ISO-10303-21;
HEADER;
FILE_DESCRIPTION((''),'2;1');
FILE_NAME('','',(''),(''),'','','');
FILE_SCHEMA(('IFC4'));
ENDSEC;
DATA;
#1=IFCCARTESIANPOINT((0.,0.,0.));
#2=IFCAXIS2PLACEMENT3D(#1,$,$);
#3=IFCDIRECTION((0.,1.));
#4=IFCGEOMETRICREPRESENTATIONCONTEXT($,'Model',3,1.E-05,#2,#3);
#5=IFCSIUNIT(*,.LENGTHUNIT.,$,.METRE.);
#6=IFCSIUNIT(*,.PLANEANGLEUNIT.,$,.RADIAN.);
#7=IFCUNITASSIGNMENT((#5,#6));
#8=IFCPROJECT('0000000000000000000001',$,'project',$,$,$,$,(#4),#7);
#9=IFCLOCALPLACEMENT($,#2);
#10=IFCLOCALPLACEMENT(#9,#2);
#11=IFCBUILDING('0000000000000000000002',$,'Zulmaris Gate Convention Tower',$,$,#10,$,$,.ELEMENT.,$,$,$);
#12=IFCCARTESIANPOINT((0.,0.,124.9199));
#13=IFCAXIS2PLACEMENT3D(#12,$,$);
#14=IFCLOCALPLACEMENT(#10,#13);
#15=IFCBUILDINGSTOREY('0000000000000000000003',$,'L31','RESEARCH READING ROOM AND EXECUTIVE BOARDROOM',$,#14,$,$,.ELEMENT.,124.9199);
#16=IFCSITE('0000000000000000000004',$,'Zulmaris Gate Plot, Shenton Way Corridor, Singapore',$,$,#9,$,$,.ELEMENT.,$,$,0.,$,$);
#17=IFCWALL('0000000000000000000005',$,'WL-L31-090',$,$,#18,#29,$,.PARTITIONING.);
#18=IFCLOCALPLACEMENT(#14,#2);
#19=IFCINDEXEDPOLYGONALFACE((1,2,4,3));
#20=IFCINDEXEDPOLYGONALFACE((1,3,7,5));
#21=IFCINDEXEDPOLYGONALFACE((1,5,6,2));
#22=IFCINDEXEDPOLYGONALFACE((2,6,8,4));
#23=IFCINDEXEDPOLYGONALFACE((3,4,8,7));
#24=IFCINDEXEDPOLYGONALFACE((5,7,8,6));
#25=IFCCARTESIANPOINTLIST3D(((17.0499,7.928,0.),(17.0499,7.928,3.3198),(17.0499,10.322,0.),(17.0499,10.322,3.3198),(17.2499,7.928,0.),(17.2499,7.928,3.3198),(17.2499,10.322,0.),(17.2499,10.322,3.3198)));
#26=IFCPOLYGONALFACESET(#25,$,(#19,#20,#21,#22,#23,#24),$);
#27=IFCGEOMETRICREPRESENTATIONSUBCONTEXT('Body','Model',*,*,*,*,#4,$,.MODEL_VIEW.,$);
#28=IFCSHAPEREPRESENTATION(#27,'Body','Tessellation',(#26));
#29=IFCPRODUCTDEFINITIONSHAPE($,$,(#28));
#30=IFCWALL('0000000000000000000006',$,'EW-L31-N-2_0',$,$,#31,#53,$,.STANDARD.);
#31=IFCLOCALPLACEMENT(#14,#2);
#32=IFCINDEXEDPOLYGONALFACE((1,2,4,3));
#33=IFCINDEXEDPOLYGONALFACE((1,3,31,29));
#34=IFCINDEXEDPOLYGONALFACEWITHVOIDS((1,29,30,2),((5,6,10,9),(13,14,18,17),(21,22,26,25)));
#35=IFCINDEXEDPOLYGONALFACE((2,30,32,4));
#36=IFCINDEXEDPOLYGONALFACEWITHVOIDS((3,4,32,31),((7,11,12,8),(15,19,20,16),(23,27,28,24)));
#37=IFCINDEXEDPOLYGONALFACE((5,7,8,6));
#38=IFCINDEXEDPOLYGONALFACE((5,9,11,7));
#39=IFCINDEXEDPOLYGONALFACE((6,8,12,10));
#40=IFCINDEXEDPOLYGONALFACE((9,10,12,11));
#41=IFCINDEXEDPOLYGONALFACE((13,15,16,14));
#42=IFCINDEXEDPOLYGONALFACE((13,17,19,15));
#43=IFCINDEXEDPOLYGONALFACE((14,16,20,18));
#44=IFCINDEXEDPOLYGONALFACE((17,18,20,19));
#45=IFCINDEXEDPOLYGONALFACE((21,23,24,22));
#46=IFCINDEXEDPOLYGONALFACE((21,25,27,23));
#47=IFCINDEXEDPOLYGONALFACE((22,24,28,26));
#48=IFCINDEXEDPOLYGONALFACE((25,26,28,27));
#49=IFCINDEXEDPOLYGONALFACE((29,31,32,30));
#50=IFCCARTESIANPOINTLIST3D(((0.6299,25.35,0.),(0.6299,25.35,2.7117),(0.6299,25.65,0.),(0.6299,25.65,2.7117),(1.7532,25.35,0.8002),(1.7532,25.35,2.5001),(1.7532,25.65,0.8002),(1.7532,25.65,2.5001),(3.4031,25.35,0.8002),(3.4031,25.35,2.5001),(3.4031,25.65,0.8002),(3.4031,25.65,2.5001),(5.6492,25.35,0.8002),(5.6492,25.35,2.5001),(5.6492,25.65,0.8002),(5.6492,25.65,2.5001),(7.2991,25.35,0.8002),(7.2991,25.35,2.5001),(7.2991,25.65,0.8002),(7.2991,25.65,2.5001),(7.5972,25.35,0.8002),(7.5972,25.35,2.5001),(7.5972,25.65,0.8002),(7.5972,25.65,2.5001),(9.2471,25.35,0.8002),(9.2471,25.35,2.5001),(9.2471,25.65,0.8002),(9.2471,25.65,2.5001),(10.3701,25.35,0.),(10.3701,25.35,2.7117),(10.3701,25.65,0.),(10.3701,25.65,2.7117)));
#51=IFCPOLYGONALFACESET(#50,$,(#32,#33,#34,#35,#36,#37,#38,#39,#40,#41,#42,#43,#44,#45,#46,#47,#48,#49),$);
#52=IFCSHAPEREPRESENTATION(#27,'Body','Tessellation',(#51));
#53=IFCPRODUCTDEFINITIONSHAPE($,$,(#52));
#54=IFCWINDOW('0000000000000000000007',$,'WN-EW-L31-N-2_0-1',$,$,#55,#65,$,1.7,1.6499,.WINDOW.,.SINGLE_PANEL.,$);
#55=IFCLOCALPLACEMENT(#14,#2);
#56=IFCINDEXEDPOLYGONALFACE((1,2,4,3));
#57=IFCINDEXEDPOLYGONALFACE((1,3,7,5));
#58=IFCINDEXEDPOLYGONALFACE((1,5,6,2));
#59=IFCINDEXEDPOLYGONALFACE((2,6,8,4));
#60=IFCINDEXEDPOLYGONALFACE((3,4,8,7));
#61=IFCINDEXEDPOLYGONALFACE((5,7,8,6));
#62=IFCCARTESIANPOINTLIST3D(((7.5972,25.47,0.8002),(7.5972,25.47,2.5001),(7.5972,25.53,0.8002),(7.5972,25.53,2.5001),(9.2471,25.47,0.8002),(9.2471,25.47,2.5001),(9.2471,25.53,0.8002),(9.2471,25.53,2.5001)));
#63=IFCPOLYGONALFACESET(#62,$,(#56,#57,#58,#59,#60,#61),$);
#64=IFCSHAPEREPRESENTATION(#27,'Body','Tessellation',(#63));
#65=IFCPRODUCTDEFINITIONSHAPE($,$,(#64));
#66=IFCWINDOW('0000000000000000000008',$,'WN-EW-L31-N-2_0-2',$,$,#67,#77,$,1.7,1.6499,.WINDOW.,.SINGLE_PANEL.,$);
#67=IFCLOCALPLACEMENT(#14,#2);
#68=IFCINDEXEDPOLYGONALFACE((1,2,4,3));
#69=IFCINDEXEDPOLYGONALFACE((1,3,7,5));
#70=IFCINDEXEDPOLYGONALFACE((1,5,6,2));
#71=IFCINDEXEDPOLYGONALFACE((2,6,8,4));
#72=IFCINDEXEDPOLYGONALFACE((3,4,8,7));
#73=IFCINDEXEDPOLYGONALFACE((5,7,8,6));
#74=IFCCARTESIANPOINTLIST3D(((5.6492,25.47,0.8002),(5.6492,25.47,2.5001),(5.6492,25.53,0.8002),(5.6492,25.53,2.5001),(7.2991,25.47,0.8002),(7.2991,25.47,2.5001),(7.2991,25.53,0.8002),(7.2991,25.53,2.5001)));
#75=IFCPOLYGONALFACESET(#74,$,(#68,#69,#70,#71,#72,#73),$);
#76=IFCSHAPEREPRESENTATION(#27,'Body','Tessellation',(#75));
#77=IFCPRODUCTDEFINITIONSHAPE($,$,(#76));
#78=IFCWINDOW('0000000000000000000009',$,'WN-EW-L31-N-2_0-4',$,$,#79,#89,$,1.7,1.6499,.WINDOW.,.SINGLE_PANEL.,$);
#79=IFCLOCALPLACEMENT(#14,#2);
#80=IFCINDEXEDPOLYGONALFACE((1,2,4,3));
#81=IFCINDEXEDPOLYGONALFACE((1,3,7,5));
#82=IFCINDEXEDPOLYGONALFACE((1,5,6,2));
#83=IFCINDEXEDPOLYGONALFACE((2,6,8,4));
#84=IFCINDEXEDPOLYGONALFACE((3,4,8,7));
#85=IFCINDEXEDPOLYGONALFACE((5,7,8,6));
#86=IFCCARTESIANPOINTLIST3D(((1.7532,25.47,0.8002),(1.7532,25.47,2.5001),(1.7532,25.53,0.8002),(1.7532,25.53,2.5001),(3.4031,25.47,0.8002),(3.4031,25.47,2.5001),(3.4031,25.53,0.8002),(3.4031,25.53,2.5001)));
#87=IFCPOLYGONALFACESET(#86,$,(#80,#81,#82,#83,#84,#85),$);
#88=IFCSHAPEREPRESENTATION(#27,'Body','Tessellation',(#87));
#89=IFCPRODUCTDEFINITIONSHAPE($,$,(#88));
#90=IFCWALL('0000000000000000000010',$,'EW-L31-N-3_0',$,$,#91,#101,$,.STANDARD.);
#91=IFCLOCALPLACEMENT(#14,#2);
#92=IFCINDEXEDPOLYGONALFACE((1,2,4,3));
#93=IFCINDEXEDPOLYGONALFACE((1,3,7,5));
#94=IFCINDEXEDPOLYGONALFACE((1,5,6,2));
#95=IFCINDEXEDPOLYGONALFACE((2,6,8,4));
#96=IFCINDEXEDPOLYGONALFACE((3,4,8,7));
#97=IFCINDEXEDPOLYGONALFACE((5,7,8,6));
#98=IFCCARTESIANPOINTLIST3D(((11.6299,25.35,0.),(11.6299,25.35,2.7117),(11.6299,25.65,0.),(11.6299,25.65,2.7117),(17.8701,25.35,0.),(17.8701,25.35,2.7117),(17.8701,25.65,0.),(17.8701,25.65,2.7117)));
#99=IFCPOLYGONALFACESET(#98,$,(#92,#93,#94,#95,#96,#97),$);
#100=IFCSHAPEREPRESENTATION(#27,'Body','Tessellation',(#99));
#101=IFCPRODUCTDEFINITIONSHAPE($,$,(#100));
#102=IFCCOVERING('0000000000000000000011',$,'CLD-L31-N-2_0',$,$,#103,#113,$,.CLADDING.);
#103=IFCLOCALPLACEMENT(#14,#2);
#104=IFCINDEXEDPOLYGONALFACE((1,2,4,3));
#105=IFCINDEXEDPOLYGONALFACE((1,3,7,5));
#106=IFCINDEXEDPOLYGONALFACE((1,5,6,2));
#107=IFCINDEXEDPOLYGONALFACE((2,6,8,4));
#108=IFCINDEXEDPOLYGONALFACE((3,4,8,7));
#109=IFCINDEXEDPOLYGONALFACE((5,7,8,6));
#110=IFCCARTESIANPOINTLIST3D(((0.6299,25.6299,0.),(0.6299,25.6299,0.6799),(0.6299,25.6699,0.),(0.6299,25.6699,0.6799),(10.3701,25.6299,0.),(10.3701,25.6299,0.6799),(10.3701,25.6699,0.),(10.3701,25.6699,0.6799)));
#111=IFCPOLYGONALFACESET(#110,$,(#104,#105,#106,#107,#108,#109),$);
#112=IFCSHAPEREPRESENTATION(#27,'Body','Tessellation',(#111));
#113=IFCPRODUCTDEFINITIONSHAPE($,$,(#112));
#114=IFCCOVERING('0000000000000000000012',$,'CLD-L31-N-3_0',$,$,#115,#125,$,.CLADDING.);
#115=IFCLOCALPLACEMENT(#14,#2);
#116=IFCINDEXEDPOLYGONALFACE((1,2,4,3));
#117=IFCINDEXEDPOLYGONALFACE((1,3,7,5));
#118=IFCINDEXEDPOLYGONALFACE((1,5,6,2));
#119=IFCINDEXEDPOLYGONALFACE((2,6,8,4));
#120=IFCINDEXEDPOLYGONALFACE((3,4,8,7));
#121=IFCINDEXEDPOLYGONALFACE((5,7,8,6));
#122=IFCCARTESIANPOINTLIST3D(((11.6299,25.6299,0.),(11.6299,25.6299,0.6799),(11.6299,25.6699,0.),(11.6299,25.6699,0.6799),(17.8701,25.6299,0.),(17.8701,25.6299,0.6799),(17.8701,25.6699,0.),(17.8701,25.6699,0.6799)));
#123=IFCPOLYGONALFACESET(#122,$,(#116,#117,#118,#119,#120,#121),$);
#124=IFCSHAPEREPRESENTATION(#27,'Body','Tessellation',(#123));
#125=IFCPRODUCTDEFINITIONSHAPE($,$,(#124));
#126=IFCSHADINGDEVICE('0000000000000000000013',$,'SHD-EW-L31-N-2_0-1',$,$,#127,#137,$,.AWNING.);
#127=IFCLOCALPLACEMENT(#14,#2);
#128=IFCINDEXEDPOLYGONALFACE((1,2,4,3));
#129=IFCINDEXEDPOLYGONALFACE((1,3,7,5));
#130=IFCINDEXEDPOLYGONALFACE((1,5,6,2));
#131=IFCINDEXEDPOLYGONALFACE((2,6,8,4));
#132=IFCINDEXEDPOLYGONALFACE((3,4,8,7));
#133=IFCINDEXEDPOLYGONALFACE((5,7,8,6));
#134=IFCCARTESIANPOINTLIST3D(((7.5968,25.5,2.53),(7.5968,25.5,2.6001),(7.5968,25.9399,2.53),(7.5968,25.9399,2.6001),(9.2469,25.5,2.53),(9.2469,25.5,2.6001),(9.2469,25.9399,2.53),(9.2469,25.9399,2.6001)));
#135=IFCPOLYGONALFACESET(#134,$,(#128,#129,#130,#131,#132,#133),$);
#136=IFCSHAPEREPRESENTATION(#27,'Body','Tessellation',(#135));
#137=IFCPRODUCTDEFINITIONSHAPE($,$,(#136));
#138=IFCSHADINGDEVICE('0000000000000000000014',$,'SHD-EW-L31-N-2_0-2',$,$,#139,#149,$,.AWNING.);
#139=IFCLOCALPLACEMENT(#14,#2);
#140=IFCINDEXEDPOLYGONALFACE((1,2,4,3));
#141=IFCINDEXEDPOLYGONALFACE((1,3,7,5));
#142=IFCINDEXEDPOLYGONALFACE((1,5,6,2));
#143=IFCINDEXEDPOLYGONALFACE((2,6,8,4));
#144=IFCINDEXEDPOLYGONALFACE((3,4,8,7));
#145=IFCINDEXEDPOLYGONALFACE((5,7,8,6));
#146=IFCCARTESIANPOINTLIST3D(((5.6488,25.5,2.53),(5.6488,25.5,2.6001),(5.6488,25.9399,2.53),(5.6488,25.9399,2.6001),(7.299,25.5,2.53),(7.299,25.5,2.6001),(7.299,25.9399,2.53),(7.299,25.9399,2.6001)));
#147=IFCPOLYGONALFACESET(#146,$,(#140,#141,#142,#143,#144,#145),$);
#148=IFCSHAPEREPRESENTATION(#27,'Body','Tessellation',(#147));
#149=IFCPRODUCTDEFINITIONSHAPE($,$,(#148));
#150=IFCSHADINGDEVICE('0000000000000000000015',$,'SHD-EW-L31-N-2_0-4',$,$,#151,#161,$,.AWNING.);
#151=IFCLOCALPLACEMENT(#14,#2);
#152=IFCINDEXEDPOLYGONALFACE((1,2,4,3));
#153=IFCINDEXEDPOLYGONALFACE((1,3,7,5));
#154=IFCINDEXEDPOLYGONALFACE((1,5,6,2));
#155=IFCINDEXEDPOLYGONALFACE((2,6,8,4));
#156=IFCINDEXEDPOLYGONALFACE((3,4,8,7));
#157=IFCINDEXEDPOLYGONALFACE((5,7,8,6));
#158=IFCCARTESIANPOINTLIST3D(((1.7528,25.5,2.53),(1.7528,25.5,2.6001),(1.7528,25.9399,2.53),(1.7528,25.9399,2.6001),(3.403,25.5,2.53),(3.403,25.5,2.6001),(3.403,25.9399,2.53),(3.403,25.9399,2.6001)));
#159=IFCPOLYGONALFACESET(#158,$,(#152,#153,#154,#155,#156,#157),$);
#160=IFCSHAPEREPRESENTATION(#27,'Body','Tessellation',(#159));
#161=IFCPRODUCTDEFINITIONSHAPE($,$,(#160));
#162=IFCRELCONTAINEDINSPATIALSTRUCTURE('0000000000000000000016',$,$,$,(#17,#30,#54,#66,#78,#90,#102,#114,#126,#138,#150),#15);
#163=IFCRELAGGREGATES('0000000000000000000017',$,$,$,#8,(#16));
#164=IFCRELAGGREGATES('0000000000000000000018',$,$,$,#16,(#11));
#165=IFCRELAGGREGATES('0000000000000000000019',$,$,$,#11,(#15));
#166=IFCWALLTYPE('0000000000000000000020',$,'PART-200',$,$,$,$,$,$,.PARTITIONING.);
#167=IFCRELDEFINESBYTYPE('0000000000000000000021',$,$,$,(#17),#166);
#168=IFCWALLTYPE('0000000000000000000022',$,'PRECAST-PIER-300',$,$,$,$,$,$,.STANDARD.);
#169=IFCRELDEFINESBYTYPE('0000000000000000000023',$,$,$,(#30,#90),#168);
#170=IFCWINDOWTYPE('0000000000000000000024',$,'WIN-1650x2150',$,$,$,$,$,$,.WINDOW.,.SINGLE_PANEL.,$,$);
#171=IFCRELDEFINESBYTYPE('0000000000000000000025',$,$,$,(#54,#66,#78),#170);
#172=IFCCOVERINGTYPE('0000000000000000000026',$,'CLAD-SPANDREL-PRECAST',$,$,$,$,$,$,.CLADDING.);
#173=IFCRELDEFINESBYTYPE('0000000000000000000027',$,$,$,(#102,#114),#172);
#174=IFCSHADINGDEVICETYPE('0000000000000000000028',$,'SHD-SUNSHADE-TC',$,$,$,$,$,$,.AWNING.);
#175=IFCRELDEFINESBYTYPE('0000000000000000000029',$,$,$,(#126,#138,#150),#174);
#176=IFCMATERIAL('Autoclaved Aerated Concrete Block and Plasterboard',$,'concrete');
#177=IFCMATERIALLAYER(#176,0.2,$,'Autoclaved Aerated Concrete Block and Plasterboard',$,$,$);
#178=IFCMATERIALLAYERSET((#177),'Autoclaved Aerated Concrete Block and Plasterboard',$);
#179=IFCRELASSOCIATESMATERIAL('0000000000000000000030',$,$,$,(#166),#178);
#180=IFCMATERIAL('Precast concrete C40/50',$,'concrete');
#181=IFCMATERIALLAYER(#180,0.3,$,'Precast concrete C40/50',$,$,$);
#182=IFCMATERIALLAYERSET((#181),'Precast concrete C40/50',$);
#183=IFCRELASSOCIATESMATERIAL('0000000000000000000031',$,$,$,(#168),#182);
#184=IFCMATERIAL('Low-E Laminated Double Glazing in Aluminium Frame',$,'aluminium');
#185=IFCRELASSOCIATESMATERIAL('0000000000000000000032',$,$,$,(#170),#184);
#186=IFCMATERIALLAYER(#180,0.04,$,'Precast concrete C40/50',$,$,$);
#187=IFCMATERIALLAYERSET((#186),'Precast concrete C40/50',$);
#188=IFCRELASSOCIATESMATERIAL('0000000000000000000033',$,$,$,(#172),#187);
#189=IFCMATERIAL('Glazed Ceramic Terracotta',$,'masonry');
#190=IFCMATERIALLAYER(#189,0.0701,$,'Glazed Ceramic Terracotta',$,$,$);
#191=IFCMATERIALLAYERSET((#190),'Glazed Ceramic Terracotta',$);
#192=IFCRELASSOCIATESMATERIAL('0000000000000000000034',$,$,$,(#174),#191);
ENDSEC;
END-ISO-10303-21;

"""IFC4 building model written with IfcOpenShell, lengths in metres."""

from ifc_helpers import new_model, si_unit, direction, frame, frame_2d, origin, place, context, subcontext, project, spatial, rectangle, extrude, material, layer, layer_set, type_object, element, fill, save


model = new_model("IFC4")

# Units and contexts
model_context = context("Model", 3, precision=1e-05, world=origin(), true_north=direction((0.0, 1.0)))
body_context = subcontext(model_context, "Body", "Model", "MODEL_VIEW")
ifc_project = project(units=[si_unit("LENGTHUNIT", "METRE"), si_unit("PLANEANGLEUNIT", "RADIAN")], contexts=[model_context])

# Site, building, storey
site_placement = place(None, origin())
site = spatial("IfcSite", under=ifc_project, at=site_placement, Name="Zulmaris Gate Plot, Shenton Way Corridor, Singapore", CompositionType="ELEMENT", RefElevation=0.0)
building_placement = place(site_placement, origin())
building = spatial("IfcBuilding", under=site, at=building_placement, Name="Zulmaris Gate Convention Tower", CompositionType="ELEMENT")
storey_placement = place(building_placement, frame((0.0, 0.0, 124.9199)))
storey = spatial("IfcBuildingStorey", under=building, at=storey_placement, Name="L31", Description="RESEARCH READING ROOM AND EXECUTIVE BOARDROOM", CompositionType="ELEMENT", Elevation=124.9199)

# Wall
ifc_material_1 = material(Name="Autoclaved Aerated Concrete Block and Plasterboard", Category="concrete")
ifc_layer_1 = layer(ifc_material_1, 0.2, Name="Autoclaved Aerated Concrete Block and Plasterboard")
ifc_layer_set_1 = layer_set([ifc_layer_1], Name="Autoclaved Aerated Concrete Block and Plasterboard")
wall_type_1 = type_object("IfcWallType", Name="PART-200", PredefinedType="PARTITIONING", material=ifc_layer_set_1)
wall_1_placement = place(storey_placement, frame((17.1499, 7.928, 0.0), z_axis=(0.0, 0.0, 1.0), x_axis=(0.0, 1.0, 0.0)))
element("IfcWall", 1, at=wall_1_placement, inside=storey, type_object=wall_type_1, Name="WL-L31-090", PredefinedType="PARTITIONING", context=body_context, shape_type="SweptSolid", body=[
    extrude(rectangle(XDim=2.394, YDim=0.2, at=frame_2d((1.197, 0.0))), origin(), (0.0, 0.0, 1.0), 3.3198),
])

# Wall, openings, windows
ifc_material_2 = material(Name="Precast concrete C40/50", Category="concrete")
ifc_layer_2 = layer(ifc_material_2, 0.3, Name="Precast concrete C40/50")
ifc_layer_set_2 = layer_set([ifc_layer_2], Name="Precast concrete C40/50")
wall_type_2 = type_object("IfcWallType", Name="PRECAST-PIER-300", PredefinedType="STANDARD", material=ifc_layer_set_2)
wall_2_placement = place(storey_placement, frame((10.3701, 25.5, 0.0), z_axis=(0.0, 0.0, 1.0), x_axis=(-1.0, 0.0, 0.0)))
wall_2 = element("IfcWall", 2, at=wall_2_placement, inside=storey, type_object=wall_type_2, Name="EW-L31-N-2_0", PredefinedType="STANDARD", context=body_context, shape_type="SweptSolid", body=[
    extrude(rectangle(XDim=9.7402, YDim=0.3, at=frame_2d((4.8701, 0.0))), origin(), (0.0, 0.0, 1.0), 2.7117),
])
opening_1_placement = place(wall_2_placement, frame((1.123, 0.0, 0.8)))
opening_1 = element("IfcOpeningElement", 3, at=opening_1_placement, cuts=wall_2, PredefinedType="OPENING", context=body_context, shape_type="SweptSolid", body=[
    extrude(rectangle(XDim=1.6499, YDim=1.7, at=frame_2d((0.825, 0.8501))), frame((0.0, 0.1602, 0.0), z_axis=(0.0, -1.0, 0.0), x_axis=(1.0, 0.0, 0.0)), (0.0, 0.0, 1.0), 0.3201),
])
opening_2_placement = place(wall_2_placement, frame((3.071, 0.0, 0.8)))
opening_2 = element("IfcOpeningElement", 4, at=opening_2_placement, cuts=wall_2, PredefinedType="OPENING", context=body_context, shape_type="SweptSolid", body=[
    extrude(rectangle(XDim=1.6499, YDim=1.7, at=frame_2d((0.825, 0.8501))), frame((0.0, 0.1602, 0.0), z_axis=(0.0, -1.0, 0.0), x_axis=(1.0, 0.0, 0.0)), (0.0, 0.0, 1.0), 0.3201),
])
opening_3_placement = place(wall_2_placement, frame((6.967, 0.0, 0.8)))
opening_3 = element("IfcOpeningElement", 5, at=opening_3_placement, cuts=wall_2, PredefinedType="OPENING", context=body_context, shape_type="SweptSolid", body=[
    extrude(rectangle(XDim=1.6499, YDim=1.7, at=frame_2d((0.825, 0.8501))), frame((0.0, 0.1602, 0.0), z_axis=(0.0, -1.0, 0.0), x_axis=(1.0, 0.0, 0.0)), (0.0, 0.0, 1.0), 0.3201),
])
ifc_material_3 = material(Name="Low-E Laminated Double Glazing in Aluminium Frame", Category="aluminium")
window_type = type_object("IfcWindowType", Name="WIN-1650x2150", PartitioningType="SINGLE_PANEL", PredefinedType="WINDOW", material=ifc_material_3)
window_1_placement = place(opening_1_placement, origin())
window_1 = element("IfcWindow", 6, at=window_1_placement, inside=storey, type_object=window_type, Name="WN-EW-L31-N-2_0-1", OverallHeight=1.7, OverallWidth=1.6499, PartitioningType="SINGLE_PANEL", PredefinedType="WINDOW", context=body_context, shape_type="SweptSolid", body=[
    extrude(rectangle(XDim=1.6499, YDim=1.7, at=frame_2d((0.825, 0.8501))), frame((0.0, 0.03, 0.0), z_axis=(0.0, -1.0, 0.0), x_axis=(1.0, 0.0, 0.0)), (0.0, 0.0, 1.0), 0.0601),
])
fill(opening_1, window_1)
window_2_placement = place(opening_2_placement, origin())
window_2 = element("IfcWindow", 7, at=window_2_placement, inside=storey, type_object=window_type, Name="WN-EW-L31-N-2_0-2", OverallHeight=1.7, OverallWidth=1.6499, PartitioningType="SINGLE_PANEL", PredefinedType="WINDOW", context=body_context, shape_type="SweptSolid", body=[
    extrude(rectangle(XDim=1.6499, YDim=1.7, at=frame_2d((0.825, 0.8501))), frame((0.0, 0.03, 0.0), z_axis=(0.0, -1.0, 0.0), x_axis=(1.0, 0.0, 0.0)), (0.0, 0.0, 1.0), 0.0601),
])
fill(opening_2, window_2)
window_3_placement = place(opening_3_placement, origin())
window_3 = element("IfcWindow", 8, at=window_3_placement, inside=storey, type_object=window_type, Name="WN-EW-L31-N-2_0-4", OverallHeight=1.7, OverallWidth=1.6499, PartitioningType="SINGLE_PANEL", PredefinedType="WINDOW", context=body_context, shape_type="SweptSolid", body=[
    extrude(rectangle(XDim=1.6499, YDim=1.7, at=frame_2d((0.825, 0.8501))), frame((0.0, 0.03, 0.0), z_axis=(0.0, -1.0, 0.0), x_axis=(1.0, 0.0, 0.0)), (0.0, 0.0, 1.0), 0.0601),
])
fill(opening_3, window_3)

# Wall
wall_3_placement = place(storey_placement, frame((17.8701, 25.5, 0.0), z_axis=(0.0, 0.0, 1.0), x_axis=(-1.0, 0.0, 0.0)))
element("IfcWall", 9, at=wall_3_placement, inside=storey, type_object=wall_type_2, Name="EW-L31-N-3_0", PredefinedType="STANDARD", context=body_context, shape_type="SweptSolid", body=[
    extrude(rectangle(XDim=6.2402, YDim=0.3, at=frame_2d((3.1201, 0.0))), origin(), (0.0, 0.0, 1.0), 2.7117),
])

# Coverings
ifc_layer_3 = layer(ifc_material_2, 0.04, Name="Precast concrete C40/50")
ifc_layer_set_3 = layer_set([ifc_layer_3], Name="Precast concrete C40/50")
covering_type = type_object("IfcCoveringType", Name="CLAD-SPANDREL-PRECAST", PredefinedType="CLADDING", material=ifc_layer_set_3)
covering_1_placement = place(storey_placement, frame((10.3701, 25.6499, 0.0), z_axis=(0.0, 0.0, 1.0), x_axis=(-1.0, 0.0, 0.0)))
element("IfcCovering", 10, at=covering_1_placement, inside=storey, type_object=covering_type, Name="CLD-L31-N-2_0", PredefinedType="CLADDING", context=body_context, shape_type="SweptSolid", body=[
    extrude(rectangle(XDim=9.7402, YDim=0.04, at=frame_2d((4.8701, 0.0))), origin(), (0.0, 0.0, 1.0), 0.6799),
])
covering_2_placement = place(storey_placement, frame((17.8701, 25.6499, 0.0), z_axis=(0.0, 0.0, 1.0), x_axis=(-1.0, 0.0, 0.0)))
element("IfcCovering", 11, at=covering_2_placement, inside=storey, type_object=covering_type, Name="CLD-L31-N-3_0", PredefinedType="CLADDING", context=body_context, shape_type="SweptSolid", body=[
    extrude(rectangle(XDim=6.2402, YDim=0.04, at=frame_2d((3.1201, 0.0))), origin(), (0.0, 0.0, 1.0), 0.6799),
])

# Shading devices
ifc_material_4 = material(Name="Glazed Ceramic Terracotta", Category="masonry")
ifc_layer_4 = layer(ifc_material_4, 0.0701, Name="Glazed Ceramic Terracotta")
ifc_layer_set_4 = layer_set([ifc_layer_4], Name="Glazed Ceramic Terracotta")
shading_device_type = type_object("IfcShadingDeviceType", Name="SHD-SUNSHADE-TC", PredefinedType="AWNING", material=ifc_layer_set_4)
for number, where, z_axis, x_axis, name in (
    (12, (9.2471, 25.72, 2.53), (0.0, 0.0, 1.0), (-1.0, 0.0, 0.0), "SHD-EW-L31-N-2_0-1"),
    (13, (7.2991, 25.72, 2.53), (0.0, 0.0, 1.0), (-1.0, 0.0, 0.0), "SHD-EW-L31-N-2_0-2"),
    (14, (3.4031, 25.72, 2.53), (0.0, 0.0, 1.0), (-1.0, 0.0, 0.0), "SHD-EW-L31-N-2_0-4"),
):
    element("IfcShadingDevice", number, at=place(storey_placement, frame(where, z_axis=z_axis, x_axis=x_axis)), inside=storey, type_object=shading_device_type, Name=name, PredefinedType="AWNING", context=body_context, shape_type="SweptSolid", body=[
        extrude(rectangle(XDim=1.6501, YDim=0.4399, at=frame_2d((0.8252, 0.0))), origin(), (0.0, 0.0, 1.0), 0.0701),
    ])

save(model, "model.ifc")
